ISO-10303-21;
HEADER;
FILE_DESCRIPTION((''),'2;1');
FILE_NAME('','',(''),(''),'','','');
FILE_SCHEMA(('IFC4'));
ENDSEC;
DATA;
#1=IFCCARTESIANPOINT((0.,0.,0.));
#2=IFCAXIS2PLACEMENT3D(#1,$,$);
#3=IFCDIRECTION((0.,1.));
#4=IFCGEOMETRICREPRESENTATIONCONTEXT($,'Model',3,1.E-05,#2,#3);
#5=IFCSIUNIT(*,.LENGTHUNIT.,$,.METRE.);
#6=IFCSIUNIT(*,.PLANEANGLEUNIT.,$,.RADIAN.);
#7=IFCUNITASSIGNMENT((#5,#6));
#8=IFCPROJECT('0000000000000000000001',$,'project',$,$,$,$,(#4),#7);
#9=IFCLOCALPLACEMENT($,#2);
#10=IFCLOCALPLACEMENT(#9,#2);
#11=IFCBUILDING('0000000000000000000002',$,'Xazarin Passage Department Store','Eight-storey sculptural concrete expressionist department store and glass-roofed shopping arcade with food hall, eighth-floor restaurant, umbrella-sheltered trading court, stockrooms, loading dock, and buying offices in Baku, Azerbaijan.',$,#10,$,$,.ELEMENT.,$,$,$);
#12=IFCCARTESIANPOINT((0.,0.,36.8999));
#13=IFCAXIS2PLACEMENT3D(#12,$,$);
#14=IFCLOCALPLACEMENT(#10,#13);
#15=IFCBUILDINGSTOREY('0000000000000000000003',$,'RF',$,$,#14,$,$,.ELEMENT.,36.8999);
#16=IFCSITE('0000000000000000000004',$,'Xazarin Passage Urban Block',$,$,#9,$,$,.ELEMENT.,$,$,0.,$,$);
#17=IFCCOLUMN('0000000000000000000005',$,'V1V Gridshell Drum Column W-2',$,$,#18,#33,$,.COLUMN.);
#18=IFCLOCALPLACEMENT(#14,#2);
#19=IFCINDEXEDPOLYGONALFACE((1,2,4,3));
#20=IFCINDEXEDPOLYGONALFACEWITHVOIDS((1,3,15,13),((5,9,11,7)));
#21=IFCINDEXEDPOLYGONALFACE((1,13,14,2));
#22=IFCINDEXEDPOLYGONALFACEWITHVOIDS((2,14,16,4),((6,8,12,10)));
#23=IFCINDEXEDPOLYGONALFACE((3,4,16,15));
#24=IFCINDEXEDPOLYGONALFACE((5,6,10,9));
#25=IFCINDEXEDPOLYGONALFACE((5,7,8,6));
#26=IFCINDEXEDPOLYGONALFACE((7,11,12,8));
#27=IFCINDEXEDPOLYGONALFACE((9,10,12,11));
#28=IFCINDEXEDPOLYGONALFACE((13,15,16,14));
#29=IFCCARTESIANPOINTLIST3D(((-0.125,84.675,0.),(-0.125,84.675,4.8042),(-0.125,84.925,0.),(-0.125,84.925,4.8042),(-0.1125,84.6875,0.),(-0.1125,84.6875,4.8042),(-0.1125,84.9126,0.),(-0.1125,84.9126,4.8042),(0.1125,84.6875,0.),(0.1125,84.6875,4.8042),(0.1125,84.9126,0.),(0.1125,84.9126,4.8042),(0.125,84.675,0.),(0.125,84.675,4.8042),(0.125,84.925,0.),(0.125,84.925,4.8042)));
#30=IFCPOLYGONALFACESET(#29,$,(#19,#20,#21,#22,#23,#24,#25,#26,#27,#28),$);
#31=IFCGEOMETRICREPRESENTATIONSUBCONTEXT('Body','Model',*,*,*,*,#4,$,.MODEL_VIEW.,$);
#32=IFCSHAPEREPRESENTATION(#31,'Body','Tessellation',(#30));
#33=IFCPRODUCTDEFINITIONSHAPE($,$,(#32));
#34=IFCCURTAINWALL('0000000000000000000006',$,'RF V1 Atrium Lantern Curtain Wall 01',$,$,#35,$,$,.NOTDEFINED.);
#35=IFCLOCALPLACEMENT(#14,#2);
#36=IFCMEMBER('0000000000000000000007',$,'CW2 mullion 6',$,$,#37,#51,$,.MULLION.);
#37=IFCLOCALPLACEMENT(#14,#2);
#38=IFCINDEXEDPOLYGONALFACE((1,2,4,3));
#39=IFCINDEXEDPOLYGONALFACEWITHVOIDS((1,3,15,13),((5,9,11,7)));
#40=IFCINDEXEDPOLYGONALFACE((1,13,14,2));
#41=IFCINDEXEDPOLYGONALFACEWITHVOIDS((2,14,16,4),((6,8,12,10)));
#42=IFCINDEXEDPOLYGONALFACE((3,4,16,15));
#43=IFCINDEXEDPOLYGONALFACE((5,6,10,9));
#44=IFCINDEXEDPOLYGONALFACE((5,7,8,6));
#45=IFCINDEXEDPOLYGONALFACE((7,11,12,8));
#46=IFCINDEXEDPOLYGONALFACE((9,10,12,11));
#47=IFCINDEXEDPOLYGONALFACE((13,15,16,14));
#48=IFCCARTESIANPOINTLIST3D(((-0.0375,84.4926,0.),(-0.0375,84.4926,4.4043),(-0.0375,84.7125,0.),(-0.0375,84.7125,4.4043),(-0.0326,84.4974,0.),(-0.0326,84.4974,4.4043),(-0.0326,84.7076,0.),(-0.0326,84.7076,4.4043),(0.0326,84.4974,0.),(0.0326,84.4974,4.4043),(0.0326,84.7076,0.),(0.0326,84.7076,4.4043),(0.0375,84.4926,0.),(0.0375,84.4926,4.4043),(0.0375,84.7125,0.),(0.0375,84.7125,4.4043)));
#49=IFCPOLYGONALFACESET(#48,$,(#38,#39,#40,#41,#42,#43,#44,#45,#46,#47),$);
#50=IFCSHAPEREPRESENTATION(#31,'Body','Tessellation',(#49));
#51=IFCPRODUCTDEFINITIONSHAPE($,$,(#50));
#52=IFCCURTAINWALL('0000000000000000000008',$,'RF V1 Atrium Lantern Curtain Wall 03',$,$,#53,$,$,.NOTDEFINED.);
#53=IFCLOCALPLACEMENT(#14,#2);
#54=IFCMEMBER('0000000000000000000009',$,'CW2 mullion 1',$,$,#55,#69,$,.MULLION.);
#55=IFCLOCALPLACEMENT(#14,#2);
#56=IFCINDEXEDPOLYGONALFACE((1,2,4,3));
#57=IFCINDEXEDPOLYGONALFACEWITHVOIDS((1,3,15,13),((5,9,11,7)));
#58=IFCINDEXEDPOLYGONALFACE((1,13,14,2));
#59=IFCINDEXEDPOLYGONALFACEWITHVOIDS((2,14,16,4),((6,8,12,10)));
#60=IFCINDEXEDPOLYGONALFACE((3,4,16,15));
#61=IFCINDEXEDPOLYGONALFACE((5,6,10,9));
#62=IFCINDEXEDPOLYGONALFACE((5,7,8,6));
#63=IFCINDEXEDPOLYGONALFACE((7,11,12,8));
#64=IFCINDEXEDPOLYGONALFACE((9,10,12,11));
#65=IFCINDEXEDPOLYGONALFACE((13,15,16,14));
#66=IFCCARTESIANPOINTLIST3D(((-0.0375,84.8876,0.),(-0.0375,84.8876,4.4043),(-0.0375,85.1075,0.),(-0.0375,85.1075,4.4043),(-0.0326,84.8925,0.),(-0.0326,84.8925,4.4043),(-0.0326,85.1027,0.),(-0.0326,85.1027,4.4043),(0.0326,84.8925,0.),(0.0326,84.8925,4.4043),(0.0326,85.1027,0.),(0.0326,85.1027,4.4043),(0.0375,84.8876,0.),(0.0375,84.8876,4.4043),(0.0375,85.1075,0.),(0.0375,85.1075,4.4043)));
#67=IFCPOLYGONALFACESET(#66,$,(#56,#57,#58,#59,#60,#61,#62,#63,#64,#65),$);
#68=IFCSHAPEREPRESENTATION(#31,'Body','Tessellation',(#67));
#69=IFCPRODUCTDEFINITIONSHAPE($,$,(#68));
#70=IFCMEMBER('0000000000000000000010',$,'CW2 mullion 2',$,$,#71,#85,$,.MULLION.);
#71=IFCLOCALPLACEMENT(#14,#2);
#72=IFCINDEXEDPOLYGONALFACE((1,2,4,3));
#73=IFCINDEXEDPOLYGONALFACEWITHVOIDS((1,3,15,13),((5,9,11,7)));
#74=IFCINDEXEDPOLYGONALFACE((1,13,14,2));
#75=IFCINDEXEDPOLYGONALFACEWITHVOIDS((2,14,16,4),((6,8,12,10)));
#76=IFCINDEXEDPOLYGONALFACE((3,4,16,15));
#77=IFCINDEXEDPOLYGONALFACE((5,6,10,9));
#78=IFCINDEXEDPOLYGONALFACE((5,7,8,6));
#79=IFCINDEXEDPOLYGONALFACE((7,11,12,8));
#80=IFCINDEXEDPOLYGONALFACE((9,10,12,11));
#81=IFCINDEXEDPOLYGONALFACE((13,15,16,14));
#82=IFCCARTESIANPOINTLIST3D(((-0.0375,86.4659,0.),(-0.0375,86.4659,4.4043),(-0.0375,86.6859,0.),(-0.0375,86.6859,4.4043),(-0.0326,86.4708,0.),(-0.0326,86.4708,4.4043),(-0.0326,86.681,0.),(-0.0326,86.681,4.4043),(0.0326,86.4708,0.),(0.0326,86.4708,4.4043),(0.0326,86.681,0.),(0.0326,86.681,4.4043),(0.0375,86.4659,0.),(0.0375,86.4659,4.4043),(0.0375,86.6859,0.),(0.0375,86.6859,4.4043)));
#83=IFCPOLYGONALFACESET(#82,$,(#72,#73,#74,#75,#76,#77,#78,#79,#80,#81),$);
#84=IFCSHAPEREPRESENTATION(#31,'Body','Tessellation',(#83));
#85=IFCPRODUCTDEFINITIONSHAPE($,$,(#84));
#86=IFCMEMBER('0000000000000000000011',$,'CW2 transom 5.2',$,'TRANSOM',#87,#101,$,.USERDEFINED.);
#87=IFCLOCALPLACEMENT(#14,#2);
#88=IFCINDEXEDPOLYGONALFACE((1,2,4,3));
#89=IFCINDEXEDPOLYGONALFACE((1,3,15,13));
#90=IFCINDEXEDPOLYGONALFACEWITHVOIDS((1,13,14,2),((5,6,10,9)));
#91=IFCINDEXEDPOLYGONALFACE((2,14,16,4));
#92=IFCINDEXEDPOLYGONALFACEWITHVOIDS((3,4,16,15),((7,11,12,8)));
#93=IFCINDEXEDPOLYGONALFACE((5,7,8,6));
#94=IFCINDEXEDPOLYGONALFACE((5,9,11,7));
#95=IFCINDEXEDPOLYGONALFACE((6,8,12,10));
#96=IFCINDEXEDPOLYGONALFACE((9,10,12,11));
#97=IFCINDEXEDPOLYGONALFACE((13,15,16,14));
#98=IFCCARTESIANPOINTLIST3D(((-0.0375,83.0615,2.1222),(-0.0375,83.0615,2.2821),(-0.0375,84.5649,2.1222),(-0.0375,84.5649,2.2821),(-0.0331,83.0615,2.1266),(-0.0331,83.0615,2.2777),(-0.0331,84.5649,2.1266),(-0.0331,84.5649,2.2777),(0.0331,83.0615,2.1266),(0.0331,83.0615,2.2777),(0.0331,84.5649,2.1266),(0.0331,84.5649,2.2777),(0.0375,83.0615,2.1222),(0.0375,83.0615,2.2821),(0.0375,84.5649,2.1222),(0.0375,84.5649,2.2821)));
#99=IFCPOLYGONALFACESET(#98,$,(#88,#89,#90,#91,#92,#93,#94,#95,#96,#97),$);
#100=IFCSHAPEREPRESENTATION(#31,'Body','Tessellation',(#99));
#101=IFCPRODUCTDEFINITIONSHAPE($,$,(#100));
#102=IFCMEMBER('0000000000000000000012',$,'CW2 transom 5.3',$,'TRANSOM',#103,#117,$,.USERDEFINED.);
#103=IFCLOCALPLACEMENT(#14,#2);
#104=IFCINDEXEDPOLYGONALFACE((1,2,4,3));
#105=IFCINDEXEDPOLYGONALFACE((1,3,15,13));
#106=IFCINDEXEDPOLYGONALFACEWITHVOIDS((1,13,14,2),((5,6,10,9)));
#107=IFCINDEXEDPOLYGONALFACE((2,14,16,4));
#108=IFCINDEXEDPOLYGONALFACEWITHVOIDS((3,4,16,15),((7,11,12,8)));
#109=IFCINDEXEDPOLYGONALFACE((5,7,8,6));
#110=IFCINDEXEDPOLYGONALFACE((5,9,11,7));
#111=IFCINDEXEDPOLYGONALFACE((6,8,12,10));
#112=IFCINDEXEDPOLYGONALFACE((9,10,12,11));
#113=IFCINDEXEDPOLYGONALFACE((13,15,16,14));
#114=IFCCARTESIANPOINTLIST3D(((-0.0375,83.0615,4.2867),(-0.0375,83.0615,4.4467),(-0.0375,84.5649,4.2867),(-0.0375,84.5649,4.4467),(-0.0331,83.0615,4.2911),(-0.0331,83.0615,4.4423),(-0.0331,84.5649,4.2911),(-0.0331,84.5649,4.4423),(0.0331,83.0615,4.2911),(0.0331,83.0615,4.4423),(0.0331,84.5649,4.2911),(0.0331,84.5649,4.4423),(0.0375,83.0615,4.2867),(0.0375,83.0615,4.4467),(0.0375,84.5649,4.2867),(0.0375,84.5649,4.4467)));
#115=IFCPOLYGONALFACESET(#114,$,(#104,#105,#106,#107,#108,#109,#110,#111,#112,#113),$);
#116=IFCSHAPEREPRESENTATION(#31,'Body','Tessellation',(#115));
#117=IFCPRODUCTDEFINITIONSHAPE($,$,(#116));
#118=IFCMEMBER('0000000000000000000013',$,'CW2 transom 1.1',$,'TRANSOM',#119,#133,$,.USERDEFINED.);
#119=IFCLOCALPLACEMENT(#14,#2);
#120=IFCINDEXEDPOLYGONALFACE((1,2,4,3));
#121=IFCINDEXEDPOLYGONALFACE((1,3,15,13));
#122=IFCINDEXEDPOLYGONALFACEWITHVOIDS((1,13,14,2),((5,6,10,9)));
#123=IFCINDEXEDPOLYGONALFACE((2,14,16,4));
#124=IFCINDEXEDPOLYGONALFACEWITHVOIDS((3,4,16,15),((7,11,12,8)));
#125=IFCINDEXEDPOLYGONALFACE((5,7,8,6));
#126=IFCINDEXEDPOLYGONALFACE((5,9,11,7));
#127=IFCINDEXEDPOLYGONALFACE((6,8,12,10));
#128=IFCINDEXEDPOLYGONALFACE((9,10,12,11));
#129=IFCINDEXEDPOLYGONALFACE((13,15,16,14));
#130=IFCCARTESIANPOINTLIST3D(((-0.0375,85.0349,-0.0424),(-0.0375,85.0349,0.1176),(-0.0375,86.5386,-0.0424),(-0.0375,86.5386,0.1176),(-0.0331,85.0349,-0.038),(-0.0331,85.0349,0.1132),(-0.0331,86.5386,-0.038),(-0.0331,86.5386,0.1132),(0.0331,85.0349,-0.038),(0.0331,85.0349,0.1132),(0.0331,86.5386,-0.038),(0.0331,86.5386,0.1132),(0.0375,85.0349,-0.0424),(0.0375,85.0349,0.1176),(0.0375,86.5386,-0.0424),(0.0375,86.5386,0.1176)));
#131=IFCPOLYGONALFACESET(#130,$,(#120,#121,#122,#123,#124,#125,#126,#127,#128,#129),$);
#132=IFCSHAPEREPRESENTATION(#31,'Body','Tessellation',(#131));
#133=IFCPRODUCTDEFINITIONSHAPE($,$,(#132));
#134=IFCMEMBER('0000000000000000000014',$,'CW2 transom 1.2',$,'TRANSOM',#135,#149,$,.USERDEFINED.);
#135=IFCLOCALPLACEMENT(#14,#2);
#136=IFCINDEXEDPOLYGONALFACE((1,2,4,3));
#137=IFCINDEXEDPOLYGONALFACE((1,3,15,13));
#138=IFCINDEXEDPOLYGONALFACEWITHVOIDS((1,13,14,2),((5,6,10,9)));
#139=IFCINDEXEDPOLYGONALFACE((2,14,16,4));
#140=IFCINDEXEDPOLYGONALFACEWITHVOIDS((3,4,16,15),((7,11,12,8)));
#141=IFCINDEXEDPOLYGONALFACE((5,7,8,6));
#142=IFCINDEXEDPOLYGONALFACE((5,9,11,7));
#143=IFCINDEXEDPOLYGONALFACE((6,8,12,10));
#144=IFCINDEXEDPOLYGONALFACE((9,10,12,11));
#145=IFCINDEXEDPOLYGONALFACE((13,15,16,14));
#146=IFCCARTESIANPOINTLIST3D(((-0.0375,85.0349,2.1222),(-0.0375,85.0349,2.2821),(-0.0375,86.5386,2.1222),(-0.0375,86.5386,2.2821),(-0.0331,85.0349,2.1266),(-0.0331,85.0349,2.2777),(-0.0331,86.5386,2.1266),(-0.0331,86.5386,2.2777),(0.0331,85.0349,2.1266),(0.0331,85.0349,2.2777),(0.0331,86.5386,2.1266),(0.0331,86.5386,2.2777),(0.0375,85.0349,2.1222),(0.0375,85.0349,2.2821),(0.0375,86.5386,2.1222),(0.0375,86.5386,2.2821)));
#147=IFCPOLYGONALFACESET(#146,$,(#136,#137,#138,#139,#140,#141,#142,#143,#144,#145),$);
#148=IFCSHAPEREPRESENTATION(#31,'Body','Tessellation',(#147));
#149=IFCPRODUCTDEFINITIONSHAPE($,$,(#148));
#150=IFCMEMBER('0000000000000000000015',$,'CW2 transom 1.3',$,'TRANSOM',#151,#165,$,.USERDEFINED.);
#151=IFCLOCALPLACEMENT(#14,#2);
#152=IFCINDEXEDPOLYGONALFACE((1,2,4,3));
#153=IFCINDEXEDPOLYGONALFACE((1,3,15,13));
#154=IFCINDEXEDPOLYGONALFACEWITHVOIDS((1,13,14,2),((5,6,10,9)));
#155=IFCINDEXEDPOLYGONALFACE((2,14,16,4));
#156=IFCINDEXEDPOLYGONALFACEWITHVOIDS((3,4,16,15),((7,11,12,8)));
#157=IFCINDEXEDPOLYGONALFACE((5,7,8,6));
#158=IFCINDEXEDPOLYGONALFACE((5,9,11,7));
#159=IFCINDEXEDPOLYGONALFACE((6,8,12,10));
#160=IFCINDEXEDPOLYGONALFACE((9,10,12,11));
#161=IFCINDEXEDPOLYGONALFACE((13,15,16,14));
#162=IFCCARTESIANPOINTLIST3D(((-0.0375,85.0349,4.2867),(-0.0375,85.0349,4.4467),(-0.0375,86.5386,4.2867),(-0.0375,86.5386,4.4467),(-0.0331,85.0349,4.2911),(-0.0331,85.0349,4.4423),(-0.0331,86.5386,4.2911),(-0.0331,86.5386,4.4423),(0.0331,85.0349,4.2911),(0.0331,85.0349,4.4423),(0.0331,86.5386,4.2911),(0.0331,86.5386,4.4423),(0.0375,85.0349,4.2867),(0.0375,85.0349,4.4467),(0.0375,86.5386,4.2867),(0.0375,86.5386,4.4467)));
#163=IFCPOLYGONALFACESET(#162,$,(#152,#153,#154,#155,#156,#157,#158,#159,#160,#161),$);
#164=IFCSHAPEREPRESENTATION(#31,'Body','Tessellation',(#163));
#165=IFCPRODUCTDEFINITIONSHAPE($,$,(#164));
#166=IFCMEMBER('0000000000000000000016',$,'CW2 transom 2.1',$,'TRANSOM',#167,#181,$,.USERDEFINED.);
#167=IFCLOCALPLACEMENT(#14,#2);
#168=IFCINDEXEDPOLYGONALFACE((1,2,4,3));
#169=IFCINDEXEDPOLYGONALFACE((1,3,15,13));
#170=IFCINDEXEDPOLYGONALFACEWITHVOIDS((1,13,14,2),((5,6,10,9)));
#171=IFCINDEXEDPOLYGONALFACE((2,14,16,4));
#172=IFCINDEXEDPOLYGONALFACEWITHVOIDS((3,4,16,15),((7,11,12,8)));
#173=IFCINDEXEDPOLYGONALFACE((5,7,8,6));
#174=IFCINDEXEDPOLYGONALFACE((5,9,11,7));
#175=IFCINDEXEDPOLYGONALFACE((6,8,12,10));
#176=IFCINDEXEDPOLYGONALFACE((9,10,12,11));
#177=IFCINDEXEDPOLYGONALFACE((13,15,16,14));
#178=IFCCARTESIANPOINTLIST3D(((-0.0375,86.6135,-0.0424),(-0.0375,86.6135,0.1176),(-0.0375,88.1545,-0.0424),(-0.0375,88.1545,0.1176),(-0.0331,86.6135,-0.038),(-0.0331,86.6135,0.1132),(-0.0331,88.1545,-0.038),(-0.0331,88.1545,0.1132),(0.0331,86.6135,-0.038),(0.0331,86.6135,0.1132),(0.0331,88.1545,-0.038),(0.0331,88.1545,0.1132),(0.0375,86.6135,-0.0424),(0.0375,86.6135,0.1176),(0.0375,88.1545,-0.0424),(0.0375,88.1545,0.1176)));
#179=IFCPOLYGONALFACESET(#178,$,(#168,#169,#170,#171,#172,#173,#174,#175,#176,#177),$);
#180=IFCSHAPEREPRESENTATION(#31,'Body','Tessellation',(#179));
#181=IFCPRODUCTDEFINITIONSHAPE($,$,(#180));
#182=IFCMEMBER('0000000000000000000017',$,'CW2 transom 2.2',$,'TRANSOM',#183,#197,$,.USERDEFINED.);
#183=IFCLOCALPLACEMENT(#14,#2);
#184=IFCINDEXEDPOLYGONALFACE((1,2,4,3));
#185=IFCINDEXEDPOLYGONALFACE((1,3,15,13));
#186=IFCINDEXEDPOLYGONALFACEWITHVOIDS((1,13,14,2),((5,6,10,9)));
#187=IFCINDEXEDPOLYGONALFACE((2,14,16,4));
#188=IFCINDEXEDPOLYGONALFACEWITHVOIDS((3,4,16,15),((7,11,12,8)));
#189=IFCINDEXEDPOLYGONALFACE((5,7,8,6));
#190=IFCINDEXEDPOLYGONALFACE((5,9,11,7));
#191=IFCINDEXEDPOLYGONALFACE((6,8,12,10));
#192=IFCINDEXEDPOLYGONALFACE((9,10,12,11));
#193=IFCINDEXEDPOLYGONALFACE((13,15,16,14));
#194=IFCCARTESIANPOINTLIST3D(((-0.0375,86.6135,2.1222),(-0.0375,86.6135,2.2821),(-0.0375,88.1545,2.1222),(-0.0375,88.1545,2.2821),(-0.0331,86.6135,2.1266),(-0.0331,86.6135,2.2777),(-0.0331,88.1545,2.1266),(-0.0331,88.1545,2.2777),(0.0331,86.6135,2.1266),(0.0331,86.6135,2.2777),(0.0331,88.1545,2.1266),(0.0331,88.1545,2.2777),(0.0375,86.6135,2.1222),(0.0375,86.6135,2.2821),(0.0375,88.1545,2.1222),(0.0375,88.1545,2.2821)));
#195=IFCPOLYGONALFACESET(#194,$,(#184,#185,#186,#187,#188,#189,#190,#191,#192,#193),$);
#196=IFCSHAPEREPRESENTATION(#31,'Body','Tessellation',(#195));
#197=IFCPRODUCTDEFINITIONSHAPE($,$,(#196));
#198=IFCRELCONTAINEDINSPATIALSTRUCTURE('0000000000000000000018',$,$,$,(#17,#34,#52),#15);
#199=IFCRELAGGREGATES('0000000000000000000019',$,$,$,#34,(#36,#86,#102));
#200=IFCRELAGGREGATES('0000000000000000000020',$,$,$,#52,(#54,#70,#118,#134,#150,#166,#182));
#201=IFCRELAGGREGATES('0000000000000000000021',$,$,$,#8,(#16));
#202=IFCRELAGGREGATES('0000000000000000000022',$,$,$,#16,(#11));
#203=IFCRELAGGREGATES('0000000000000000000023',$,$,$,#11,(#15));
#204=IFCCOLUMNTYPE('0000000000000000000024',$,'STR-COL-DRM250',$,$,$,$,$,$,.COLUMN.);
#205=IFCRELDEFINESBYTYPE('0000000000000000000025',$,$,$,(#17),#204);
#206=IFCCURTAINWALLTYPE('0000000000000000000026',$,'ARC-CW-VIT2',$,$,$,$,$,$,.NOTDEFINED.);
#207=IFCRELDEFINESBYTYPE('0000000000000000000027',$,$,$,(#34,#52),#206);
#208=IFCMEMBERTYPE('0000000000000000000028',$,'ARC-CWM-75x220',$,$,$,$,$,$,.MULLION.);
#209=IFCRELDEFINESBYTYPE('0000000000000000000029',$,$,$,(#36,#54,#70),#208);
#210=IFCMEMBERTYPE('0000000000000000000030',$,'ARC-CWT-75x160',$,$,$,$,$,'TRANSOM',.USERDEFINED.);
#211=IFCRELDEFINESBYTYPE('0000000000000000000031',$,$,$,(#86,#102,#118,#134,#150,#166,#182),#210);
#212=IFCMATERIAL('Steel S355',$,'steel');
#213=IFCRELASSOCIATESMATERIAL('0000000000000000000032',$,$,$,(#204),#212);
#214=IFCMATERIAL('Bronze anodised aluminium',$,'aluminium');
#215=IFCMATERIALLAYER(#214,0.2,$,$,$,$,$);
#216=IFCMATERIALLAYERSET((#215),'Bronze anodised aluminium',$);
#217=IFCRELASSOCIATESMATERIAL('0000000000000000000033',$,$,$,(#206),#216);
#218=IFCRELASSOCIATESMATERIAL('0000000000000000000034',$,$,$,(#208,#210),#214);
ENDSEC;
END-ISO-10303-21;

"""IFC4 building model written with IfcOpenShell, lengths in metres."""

from ifc_helpers import new_model, si_unit, direction, frame, origin, origin_2d, place, context, subcontext, project, spatial, hollow_rectangle, extrude, material, layer, layer_set, material_profile, profile_set, type_object, element, aggregate, save


model = new_model("IFC4")

# Units and contexts
model_context = context("Model", 3, precision=1e-05, world=origin(), true_north=direction((0.0, 1.0)))
body_context = subcontext(model_context, "Body", "Model", "MODEL_VIEW")
ifc_project = project(units=[si_unit("LENGTHUNIT", "METRE"), si_unit("PLANEANGLEUNIT", "RADIAN")], contexts=[model_context])

# Site, building, storey
site_placement = place(None, origin())
site = spatial("IfcSite", under=ifc_project, at=site_placement, Name="Xazarin Passage Urban Block", CompositionType="ELEMENT", RefElevation=0.0)
building_placement = place(site_placement, origin())
building = spatial("IfcBuilding", under=site, at=building_placement, Name="Xazarin Passage Department Store", Description="Eight-storey sculptural concrete expressionist department store and glass-roofed shopping arcade with food hall, eighth-floor restaurant, umbrella-sheltered trading court, stockrooms, loading dock, and buying offices in Baku, Azerbaijan.", CompositionType="ELEMENT")
storey_placement = place(building_placement, frame((0.0, 0.0, 36.8999)))
storey = spatial("IfcBuildingStorey", under=building, at=storey_placement, Name="RF", CompositionType="ELEMENT", Elevation=36.8999)

# Column
ifc_material_1 = material(Name="Steel S355", Category="steel")
ifc_material_profile_1 = material_profile(ifc_material_1, hollow_rectangle(XDim=0.25, YDim=0.25, WallThickness=0.0125, at=origin_2d()), Name="SHS 250x250x12.5")
ifc_profile_set_1 = profile_set([ifc_material_profile_1], Name="Steel S355")
column_type = type_object("IfcColumnType", Name="STR-COL-DRM250", PredefinedType="COLUMN", material=ifc_profile_set_1)
column_placement = place(storey_placement, frame((0.0, 84.8, 0.0), z_axis=(0.0, 0.0, 1.0), x_axis=(1.0, 0.0, 0.0)))
element("IfcColumn", 1, at=column_placement, inside=storey, type_object=column_type, Name="V1V Gridshell Drum Column W-2", PredefinedType="COLUMN", context=body_context, shape_type="SweptSolid", body=[
    extrude(hollow_rectangle(XDim=0.25, YDim=0.25, WallThickness=0.0125, at=origin_2d()), origin(), (0.0, 0.0, 1.0), 4.8042),
])

# Curtain wall, member
ifc_material_2 = material(Name="Bronze anodised aluminium", Category="aluminium")
ifc_layer_1 = layer(ifc_material_2, 0.2)
ifc_layer_set_1 = layer_set([ifc_layer_1], Name="Bronze anodised aluminium")
curtain_wall_type = type_object("IfcCurtainWallType", Name="ARC-CW-VIT2", PredefinedType="NOTDEFINED", material=ifc_layer_set_1)
curtain_wall_1_placement = place(storey_placement, origin())
curtain_wall_1 = element("IfcCurtainWall", 2, at=curtain_wall_1_placement, inside=storey, type_object=curtain_wall_type, Name="RF V1 Atrium Lantern Curtain Wall 01", PredefinedType="NOTDEFINED")
ifc_material_profile_2 = material_profile(ifc_material_2, hollow_rectangle(XDim=0.075, YDim=0.22, WallThickness=0.0049, at=origin_2d()), Name="ALU 75x220")
ifc_profile_set_2 = profile_set([ifc_material_profile_2], Name="Bronze anodised aluminium")
member_type_1 = type_object("IfcMemberType", Name="ARC-CWM-75x220", PredefinedType="MULLION", material=ifc_profile_set_2)
member_1_placement = place(storey_placement, frame((0.0, 84.6025, 0.0), z_axis=(0.0, 0.0, 1.0), x_axis=(-1.0, 0.0, 0.0)))
member_1 = element("IfcMember", 3, at=member_1_placement, type_object=member_type_1, Name="CW2 mullion 6", PredefinedType="MULLION", context=body_context, shape_type="SweptSolid", body=[
    extrude(hollow_rectangle(XDim=0.075, YDim=0.22, WallThickness=0.0049, at=origin_2d()), origin(), (0.0, 0.0, 1.0), 4.4043),
])

# Curtain wall, members
curtain_wall_2_placement = place(storey_placement, origin())
curtain_wall_2 = element("IfcCurtainWall", 4, at=curtain_wall_2_placement, inside=storey, type_object=curtain_wall_type, Name="RF V1 Atrium Lantern Curtain Wall 03", PredefinedType="NOTDEFINED")
member_2_placement = place(storey_placement, frame((0.0, 84.9976, 0.0), z_axis=(0.0, 0.0, 1.0), x_axis=(-1.0, 0.0, 0.0)))
member_2 = element("IfcMember", 5, at=member_2_placement, type_object=member_type_1, Name="CW2 mullion 1", PredefinedType="MULLION", context=body_context, shape_type="SweptSolid", body=[
    extrude(hollow_rectangle(XDim=0.075, YDim=0.22, WallThickness=0.0049, at=origin_2d()), origin(), (0.0, 0.0, 1.0), 4.4043),
])
member_3_placement = place(storey_placement, frame((0.0, 86.5759, 0.0), z_axis=(0.0, 0.0, 1.0), x_axis=(-1.0, 0.0, 0.0)))
member_3 = element("IfcMember", 6, at=member_3_placement, type_object=member_type_1, Name="CW2 mullion 2", PredefinedType="MULLION", context=body_context, shape_type="SweptSolid", body=[
    extrude(hollow_rectangle(XDim=0.075, YDim=0.22, WallThickness=0.0049, at=origin_2d()), origin(), (0.0, 0.0, 1.0), 4.4043),
])

# Members
ifc_material_profile_3 = material_profile(ifc_material_2, hollow_rectangle(XDim=0.075, YDim=0.1599, WallThickness=0.0044, at=origin_2d()), Name="ALU 75x160")
ifc_profile_set_3 = profile_set([ifc_material_profile_3], Name="Bronze anodised aluminium")
member_type_2 = type_object("IfcMemberType", Name="ARC-CWT-75x160", ElementType="TRANSOM", PredefinedType="USERDEFINED", material=ifc_profile_set_3)
member_4_placement = place(storey_placement, frame((0.0, 83.0615, 2.2021), z_axis=(0.0, 1.0, 0.0), x_axis=(-1.0, 0.0, 0.0)))
member_4 = element("IfcMember", 7, at=member_4_placement, type_object=member_type_2, Name="CW2 transom 5.2", ObjectType="TRANSOM", PredefinedType="USERDEFINED", context=body_context, shape_type="SweptSolid", body=[
    extrude(hollow_rectangle(XDim=0.075, YDim=0.1599, WallThickness=0.0044, at=origin_2d()), origin(), (0.0, 0.0, 1.0), 1.5034),
])
member_5_placement = place(storey_placement, frame((0.0, 83.0615, 4.3667), z_axis=(0.0, 1.0, 0.0), x_axis=(-1.0, 0.0, 0.0)))
member_5 = element("IfcMember", 8, at=member_5_placement, type_object=member_type_2, Name="CW2 transom 5.3", ObjectType="TRANSOM", PredefinedType="USERDEFINED", context=body_context, shape_type="SweptSolid", body=[
    extrude(hollow_rectangle(XDim=0.075, YDim=0.1599, WallThickness=0.0044, at=origin_2d()), origin(), (0.0, 0.0, 1.0), 1.5034),
])
member_6_placement = place(storey_placement, frame((0.0, 85.0349, 0.0376), z_axis=(0.0, 1.0, 0.0), x_axis=(-1.0, 0.0, 0.0)))
member_6 = element("IfcMember", 9, at=member_6_placement, type_object=member_type_2, Name="CW2 transom 1.1", ObjectType="TRANSOM", PredefinedType="USERDEFINED", context=body_context, shape_type="SweptSolid", body=[
    extrude(hollow_rectangle(XDim=0.075, YDim=0.1599, WallThickness=0.0044, at=origin_2d()), origin(), (0.0, 0.0, 1.0), 1.5037),
])
member_7_placement = place(storey_placement, frame((0.0, 85.0349, 2.2021), z_axis=(0.0, 1.0, 0.0), x_axis=(-1.0, 0.0, 0.0)))
member_7 = element("IfcMember", 10, at=member_7_placement, type_object=member_type_2, Name="CW2 transom 1.2", ObjectType="TRANSOM", PredefinedType="USERDEFINED", context=body_context, shape_type="SweptSolid", body=[
    extrude(hollow_rectangle(XDim=0.075, YDim=0.1599, WallThickness=0.0044, at=origin_2d()), origin(), (0.0, 0.0, 1.0), 1.5037),
])
member_8_placement = place(storey_placement, frame((0.0, 85.0349, 4.3667), z_axis=(0.0, 1.0, 0.0), x_axis=(-1.0, 0.0, 0.0)))
member_8 = element("IfcMember", 11, at=member_8_placement, type_object=member_type_2, Name="CW2 transom 1.3", ObjectType="TRANSOM", PredefinedType="USERDEFINED", context=body_context, shape_type="SweptSolid", body=[
    extrude(hollow_rectangle(XDim=0.075, YDim=0.1599, WallThickness=0.0044, at=origin_2d()), origin(), (0.0, 0.0, 1.0), 1.5037),
])
member_9_placement = place(storey_placement, frame((0.0, 86.6135, 0.0376), z_axis=(0.0, 1.0, 0.0), x_axis=(-1.0, 0.0, 0.0)))
member_9 = element("IfcMember", 12, at=member_9_placement, type_object=member_type_2, Name="CW2 transom 2.1", ObjectType="TRANSOM", PredefinedType="USERDEFINED", context=body_context, shape_type="SweptSolid", body=[
    extrude(hollow_rectangle(XDim=0.075, YDim=0.1599, WallThickness=0.0044, at=origin_2d()), origin(), (0.0, 0.0, 1.0), 1.541),
])
member_10_placement = place(storey_placement, frame((0.0, 86.6135, 2.2021), z_axis=(0.0, 1.0, 0.0), x_axis=(-1.0, 0.0, 0.0)))
member_10 = element("IfcMember", 13, at=member_10_placement, type_object=member_type_2, Name="CW2 transom 2.2", ObjectType="TRANSOM", PredefinedType="USERDEFINED", context=body_context, shape_type="SweptSolid", body=[
    extrude(hollow_rectangle(XDim=0.075, YDim=0.1599, WallThickness=0.0044, at=origin_2d()), origin(), (0.0, 0.0, 1.0), 1.541),
])

aggregate(curtain_wall_1, [member_1, member_4, member_5])
aggregate(curtain_wall_2, [member_2, member_3, member_6, member_7, member_8, member_9, member_10])

save(model, "model.ifc")
